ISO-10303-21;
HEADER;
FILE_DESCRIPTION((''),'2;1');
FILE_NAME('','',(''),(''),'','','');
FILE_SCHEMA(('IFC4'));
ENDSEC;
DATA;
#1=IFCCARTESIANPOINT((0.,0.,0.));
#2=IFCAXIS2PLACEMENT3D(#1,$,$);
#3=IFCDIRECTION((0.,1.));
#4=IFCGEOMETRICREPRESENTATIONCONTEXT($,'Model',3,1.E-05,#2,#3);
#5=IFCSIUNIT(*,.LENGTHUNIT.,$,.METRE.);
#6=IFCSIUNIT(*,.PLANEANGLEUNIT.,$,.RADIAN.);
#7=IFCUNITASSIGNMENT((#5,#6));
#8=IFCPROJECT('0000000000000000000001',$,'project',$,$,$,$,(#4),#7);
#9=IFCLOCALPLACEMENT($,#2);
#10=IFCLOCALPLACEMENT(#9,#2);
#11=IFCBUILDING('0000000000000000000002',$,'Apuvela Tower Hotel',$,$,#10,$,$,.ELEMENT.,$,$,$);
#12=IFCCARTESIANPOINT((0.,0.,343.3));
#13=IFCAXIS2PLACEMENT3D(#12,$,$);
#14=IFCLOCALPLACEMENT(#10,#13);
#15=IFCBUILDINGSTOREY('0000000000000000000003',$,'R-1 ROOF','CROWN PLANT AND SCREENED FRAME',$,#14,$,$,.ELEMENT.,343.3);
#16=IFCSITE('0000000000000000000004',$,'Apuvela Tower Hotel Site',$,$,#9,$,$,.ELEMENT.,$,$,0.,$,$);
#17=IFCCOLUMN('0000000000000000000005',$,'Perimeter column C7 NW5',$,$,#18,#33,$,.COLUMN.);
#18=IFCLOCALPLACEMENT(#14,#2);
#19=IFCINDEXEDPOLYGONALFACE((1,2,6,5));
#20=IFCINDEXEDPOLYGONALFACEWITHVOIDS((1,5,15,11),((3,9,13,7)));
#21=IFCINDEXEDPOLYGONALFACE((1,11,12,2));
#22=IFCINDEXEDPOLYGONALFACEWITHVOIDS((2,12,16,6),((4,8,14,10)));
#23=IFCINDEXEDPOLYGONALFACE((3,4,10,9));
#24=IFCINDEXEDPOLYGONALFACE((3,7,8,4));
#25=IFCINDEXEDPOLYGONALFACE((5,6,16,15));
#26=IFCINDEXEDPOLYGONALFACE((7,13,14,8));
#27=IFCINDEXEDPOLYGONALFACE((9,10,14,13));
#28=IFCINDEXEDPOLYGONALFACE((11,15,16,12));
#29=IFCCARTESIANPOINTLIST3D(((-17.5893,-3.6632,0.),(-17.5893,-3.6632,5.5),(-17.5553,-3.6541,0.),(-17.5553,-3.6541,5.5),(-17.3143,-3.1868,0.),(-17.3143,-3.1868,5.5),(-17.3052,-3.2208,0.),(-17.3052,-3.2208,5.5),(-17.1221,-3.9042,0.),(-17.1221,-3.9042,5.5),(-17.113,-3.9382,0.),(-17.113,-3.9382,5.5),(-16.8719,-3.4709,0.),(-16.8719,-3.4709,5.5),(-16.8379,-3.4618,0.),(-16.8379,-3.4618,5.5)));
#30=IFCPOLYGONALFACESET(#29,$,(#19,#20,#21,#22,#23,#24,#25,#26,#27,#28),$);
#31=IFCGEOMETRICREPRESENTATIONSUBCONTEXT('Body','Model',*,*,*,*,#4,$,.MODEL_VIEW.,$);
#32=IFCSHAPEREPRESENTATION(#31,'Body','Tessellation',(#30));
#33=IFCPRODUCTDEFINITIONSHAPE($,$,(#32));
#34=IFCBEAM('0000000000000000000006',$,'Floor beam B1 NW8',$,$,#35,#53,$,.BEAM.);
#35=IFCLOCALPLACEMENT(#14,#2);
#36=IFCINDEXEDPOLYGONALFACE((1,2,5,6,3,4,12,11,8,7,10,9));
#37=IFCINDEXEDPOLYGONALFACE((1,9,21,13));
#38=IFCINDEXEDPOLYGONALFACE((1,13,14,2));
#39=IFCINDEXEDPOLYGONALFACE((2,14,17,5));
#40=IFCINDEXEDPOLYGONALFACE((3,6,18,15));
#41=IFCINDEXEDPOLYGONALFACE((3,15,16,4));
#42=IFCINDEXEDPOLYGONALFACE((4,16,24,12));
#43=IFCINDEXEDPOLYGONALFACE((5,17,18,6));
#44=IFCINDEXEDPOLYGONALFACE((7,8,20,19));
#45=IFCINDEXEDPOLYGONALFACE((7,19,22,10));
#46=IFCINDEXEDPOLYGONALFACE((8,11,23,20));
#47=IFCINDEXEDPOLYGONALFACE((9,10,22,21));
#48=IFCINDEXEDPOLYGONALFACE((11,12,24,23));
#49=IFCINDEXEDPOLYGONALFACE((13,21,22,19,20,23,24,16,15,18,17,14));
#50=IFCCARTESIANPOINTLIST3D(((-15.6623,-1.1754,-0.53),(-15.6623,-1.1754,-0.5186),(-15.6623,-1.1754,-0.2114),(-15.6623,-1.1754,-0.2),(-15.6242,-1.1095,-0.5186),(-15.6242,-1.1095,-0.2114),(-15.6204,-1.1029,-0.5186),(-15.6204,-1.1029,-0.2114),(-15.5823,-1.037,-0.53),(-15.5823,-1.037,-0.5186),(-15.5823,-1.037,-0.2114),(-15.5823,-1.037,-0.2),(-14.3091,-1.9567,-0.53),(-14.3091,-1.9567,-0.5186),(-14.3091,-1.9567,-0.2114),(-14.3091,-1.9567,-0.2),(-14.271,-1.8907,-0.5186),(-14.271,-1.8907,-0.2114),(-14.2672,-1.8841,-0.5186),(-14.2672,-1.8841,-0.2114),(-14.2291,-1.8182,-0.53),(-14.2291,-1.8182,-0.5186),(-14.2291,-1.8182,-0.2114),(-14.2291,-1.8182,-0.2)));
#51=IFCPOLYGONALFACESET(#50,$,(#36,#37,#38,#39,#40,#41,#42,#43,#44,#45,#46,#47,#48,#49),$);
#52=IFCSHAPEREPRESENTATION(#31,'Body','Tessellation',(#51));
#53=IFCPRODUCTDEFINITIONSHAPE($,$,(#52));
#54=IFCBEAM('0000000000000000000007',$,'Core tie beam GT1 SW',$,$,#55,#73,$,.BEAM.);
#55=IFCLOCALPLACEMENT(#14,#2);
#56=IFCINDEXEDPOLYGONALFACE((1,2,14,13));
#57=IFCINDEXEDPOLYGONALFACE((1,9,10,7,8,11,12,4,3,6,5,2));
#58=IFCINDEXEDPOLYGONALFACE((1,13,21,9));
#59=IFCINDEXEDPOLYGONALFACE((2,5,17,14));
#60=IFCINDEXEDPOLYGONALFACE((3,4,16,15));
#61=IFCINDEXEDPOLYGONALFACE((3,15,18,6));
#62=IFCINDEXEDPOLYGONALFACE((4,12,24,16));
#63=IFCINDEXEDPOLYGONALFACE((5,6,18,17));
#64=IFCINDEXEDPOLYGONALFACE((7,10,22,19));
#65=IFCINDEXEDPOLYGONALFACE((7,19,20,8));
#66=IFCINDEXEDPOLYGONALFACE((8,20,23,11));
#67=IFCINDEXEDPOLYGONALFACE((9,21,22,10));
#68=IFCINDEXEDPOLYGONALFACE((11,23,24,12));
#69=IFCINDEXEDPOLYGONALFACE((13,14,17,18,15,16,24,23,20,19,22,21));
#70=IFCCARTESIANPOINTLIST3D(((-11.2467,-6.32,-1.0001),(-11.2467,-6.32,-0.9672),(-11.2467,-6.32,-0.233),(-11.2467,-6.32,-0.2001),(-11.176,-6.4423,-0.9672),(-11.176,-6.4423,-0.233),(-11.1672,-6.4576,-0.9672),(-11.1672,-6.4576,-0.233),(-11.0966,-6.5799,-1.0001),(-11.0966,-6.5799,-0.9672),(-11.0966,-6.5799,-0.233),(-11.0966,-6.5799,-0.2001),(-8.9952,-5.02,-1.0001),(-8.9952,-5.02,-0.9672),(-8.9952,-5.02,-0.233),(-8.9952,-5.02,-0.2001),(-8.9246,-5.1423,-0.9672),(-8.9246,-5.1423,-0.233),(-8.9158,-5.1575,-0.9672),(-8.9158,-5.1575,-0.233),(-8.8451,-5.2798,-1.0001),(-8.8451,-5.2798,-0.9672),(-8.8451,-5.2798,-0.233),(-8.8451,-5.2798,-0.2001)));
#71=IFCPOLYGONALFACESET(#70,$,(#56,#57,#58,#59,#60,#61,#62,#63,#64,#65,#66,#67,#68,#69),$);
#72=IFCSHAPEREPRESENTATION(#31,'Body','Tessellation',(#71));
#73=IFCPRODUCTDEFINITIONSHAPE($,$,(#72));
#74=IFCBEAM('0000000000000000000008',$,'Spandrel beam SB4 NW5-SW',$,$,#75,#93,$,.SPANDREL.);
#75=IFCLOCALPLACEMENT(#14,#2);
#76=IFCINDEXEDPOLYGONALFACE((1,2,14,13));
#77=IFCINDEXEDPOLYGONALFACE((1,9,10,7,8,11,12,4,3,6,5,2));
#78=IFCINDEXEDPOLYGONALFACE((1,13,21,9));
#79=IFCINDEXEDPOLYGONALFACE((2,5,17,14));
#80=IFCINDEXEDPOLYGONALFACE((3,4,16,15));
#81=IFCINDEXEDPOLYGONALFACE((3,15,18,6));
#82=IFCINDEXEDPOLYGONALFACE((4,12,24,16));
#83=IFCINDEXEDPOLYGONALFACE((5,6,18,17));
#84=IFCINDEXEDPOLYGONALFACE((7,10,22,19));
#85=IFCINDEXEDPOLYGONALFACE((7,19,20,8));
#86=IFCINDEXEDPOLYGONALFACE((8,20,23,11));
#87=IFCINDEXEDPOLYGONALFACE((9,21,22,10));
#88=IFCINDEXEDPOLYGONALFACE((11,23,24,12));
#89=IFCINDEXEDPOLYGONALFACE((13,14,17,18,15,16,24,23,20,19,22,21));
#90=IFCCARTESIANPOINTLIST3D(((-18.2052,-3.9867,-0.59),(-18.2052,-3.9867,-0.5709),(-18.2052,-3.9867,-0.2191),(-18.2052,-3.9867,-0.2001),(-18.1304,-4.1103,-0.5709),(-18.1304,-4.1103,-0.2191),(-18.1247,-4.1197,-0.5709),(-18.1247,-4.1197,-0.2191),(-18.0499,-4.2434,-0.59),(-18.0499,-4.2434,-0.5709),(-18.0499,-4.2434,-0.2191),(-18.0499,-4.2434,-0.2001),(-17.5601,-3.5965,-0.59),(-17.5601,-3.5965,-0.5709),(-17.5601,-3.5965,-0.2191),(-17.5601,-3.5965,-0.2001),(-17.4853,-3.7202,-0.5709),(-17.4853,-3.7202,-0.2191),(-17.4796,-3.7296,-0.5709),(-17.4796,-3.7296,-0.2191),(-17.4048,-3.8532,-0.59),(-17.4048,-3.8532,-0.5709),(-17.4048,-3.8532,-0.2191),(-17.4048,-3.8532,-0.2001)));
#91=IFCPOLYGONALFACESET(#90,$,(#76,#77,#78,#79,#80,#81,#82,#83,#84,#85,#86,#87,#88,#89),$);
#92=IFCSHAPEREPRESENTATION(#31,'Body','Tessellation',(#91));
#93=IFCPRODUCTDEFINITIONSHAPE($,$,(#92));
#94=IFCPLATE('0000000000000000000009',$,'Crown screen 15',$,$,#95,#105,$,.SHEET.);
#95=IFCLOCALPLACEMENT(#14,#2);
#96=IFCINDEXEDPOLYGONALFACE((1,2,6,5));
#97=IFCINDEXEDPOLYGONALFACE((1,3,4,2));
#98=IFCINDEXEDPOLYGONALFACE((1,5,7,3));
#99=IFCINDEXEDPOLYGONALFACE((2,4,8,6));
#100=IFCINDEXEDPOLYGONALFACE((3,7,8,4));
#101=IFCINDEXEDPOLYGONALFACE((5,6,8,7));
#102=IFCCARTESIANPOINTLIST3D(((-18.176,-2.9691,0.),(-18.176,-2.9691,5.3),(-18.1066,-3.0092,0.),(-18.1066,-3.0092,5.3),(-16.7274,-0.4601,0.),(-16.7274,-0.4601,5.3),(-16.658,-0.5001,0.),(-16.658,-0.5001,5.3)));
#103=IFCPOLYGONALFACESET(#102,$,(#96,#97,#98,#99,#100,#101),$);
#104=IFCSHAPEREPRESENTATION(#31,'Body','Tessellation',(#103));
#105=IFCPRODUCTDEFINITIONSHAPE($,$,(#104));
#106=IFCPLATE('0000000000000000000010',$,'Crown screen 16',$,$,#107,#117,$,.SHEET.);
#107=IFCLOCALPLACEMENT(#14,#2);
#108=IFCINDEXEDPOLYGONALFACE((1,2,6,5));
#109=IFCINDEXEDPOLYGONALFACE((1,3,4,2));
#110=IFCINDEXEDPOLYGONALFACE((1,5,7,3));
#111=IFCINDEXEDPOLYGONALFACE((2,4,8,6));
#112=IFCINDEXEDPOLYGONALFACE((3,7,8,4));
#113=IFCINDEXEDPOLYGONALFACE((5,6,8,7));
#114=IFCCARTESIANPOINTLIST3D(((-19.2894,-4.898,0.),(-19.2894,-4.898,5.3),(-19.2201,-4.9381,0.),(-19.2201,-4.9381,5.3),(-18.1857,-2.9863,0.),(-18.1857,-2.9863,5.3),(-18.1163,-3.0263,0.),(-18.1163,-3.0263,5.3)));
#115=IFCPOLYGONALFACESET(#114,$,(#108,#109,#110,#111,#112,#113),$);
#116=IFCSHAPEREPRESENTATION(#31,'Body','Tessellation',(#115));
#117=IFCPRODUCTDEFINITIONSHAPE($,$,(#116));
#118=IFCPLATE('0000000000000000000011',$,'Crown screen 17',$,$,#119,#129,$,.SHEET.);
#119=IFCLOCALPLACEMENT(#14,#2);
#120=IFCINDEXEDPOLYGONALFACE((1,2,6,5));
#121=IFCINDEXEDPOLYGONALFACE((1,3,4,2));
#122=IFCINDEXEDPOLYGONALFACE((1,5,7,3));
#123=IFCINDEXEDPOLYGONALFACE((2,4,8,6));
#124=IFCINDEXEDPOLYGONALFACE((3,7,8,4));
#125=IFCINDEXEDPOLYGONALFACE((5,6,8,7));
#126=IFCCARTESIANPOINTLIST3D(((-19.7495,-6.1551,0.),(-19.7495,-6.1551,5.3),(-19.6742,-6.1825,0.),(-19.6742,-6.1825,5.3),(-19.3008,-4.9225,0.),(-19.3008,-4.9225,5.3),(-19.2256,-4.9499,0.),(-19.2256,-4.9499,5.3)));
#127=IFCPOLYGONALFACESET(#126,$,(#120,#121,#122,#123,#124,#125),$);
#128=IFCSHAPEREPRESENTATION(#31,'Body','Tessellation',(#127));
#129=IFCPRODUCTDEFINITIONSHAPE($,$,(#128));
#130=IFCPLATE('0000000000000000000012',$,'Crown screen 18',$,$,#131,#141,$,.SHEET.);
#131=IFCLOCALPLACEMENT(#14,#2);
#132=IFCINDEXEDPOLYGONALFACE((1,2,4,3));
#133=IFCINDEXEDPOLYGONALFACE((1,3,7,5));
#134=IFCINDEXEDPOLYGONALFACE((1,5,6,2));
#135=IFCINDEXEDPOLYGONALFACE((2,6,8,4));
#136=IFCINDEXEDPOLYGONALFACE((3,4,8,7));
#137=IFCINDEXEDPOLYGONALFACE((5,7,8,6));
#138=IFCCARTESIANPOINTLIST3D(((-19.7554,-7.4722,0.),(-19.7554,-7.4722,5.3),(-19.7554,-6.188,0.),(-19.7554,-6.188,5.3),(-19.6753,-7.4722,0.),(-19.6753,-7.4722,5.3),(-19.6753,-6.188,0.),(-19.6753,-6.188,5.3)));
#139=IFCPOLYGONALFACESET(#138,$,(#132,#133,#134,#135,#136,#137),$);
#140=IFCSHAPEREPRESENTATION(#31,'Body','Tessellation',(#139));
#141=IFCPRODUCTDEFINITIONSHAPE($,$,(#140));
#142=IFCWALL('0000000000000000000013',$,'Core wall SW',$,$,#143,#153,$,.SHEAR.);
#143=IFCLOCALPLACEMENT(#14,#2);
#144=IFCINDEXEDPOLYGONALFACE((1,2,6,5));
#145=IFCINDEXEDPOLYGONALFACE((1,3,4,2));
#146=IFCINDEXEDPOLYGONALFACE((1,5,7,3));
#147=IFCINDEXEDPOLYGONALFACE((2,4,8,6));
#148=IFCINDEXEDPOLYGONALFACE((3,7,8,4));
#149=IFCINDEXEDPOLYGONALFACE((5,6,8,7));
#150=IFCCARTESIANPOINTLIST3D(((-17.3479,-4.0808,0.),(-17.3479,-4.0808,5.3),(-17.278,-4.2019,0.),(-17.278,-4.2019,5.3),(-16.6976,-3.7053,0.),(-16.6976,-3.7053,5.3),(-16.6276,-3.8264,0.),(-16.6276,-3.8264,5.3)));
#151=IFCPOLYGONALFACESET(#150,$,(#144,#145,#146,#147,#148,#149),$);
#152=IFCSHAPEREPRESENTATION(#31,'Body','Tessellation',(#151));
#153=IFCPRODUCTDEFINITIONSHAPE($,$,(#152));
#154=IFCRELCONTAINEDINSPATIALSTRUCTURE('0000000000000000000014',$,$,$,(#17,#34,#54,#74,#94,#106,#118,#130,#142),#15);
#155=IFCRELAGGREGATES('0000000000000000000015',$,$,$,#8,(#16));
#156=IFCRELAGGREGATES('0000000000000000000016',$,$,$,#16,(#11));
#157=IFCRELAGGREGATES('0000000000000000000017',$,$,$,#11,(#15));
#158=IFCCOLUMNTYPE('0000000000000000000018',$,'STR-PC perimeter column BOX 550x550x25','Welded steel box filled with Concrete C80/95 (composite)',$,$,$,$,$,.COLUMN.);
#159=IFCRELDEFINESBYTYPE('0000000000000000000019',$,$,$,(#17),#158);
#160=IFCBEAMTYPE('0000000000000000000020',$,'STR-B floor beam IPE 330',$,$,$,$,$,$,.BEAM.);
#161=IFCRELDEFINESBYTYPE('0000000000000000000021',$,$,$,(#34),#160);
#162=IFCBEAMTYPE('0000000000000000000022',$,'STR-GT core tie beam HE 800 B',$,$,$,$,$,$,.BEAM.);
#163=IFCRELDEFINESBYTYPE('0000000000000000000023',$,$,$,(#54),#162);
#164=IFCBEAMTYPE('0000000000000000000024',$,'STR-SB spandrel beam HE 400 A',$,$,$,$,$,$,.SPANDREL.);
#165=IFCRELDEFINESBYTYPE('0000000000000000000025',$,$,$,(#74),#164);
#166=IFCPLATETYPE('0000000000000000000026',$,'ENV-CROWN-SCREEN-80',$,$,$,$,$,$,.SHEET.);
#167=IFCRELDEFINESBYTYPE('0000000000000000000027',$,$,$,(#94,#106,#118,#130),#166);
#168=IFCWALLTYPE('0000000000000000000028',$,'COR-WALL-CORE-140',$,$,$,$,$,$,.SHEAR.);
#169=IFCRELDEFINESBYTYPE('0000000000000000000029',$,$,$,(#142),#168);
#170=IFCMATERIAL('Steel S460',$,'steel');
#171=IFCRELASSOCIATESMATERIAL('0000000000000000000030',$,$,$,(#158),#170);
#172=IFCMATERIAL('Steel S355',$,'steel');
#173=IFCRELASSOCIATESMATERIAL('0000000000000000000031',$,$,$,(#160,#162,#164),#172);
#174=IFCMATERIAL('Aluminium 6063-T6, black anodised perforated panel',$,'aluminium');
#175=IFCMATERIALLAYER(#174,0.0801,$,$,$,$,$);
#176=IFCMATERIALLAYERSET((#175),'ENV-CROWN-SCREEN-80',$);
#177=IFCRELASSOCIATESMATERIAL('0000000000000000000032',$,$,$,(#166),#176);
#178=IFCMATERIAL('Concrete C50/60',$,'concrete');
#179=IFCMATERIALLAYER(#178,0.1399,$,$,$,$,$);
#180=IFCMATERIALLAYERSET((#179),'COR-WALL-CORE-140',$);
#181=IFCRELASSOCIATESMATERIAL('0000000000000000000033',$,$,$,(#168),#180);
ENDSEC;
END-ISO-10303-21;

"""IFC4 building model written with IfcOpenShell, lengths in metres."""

from ifc_helpers import new_model, si_unit, direction, frame, frame_2d, origin, origin_2d, place, context, subcontext, project, spatial, rectangle, hollow_rectangle, i_section, extrude, material, layer, layer_set, material_profile, profile_set, type_object, element, save


model = new_model("IFC4")

# Units and contexts
model_context = context("Model", 3, precision=1e-05, world=origin(), true_north=direction((0.0, 1.0)))
body_context = subcontext(model_context, "Body", "Model", "MODEL_VIEW")
ifc_project = project(units=[si_unit("LENGTHUNIT", "METRE"), si_unit("PLANEANGLEUNIT", "RADIAN")], contexts=[model_context])

# Site, building, storey
site_placement = place(None, origin())
site = spatial("IfcSite", under=ifc_project, at=site_placement, Name="Apuvela Tower Hotel Site", CompositionType="ELEMENT", RefElevation=0.0)
building_placement = place(site_placement, origin())
building = spatial("IfcBuilding", under=site, at=building_placement, Name="Apuvela Tower Hotel", CompositionType="ELEMENT")
storey_placement = place(building_placement, frame((0.0, 0.0, 343.3)))
storey = spatial("IfcBuildingStorey", under=building, at=storey_placement, Name="R-1 ROOF", Description="CROWN PLANT AND SCREENED FRAME", CompositionType="ELEMENT", Elevation=343.3)

# Column
ifc_material_1 = material(Name="Steel S460", Category="steel")
ifc_material_profile_1 = material_profile(ifc_material_1, hollow_rectangle(XDim=0.55, YDim=0.55, WallThickness=0.0249, at=origin_2d()), Name="BOX 550x550x25")
ifc_material_2 = material(Name="Concrete C80/95", Category="concrete")
ifc_material_profile_2 = material_profile(ifc_material_2, rectangle(XDim=0.5, YDim=0.5, at=origin_2d()), Name="Concrete C80/95 infill")
ifc_profile_set_1 = profile_set([ifc_material_profile_1, ifc_material_profile_2], Name="Steel S460")
column_type = type_object("IfcColumnType", Name="STR-PC perimeter column BOX 550x550x25", Description="Welded steel box filled with Concrete C80/95 (composite)", PredefinedType="COLUMN", material=ifc_profile_set_1)
column_placement = place(storey_placement, frame((-17.2136, -3.5625, 0.0), z_axis=(0.0, 0.0, 1.0), x_axis=(0.5, 0.866025, 0.0)))
element("IfcColumn", 1, at=column_placement, inside=storey, type_object=column_type, Name="Perimeter column C7 NW5", PredefinedType="COLUMN", context=body_context, shape_type="SweptSolid", body=[
    extrude(hollow_rectangle(XDim=0.55, YDim=0.55, WallThickness=0.0249, at=origin_2d()), origin(), (0.0, 0.0, 1.0), 5.5),
])

# Beams
ifc_material_3 = material(Name="Steel S355", Category="steel")
ifc_material_profile_3 = material_profile(ifc_material_3, i_section(OverallWidth=0.1599, OverallDepth=0.3301, WebThickness=0.0076, FlangeThickness=0.0115, at=origin_2d()), Name="IPE 330")
ifc_profile_set_2 = profile_set([ifc_material_profile_3], Name="Steel S355")
beam_type_1 = type_object("IfcBeamType", Name="STR-B floor beam IPE 330", PredefinedType="BEAM", material=ifc_profile_set_2)
beam_1_placement = place(storey_placement, frame((-15.6223, -1.1062, -0.365), z_axis=(0.866042, -0.49997, 0.0), x_axis=(0.49997, 0.866042, 0.0)))
element("IfcBeam", 2, at=beam_1_placement, inside=storey, type_object=beam_type_1, Name="Floor beam B1 NW8", PredefinedType="BEAM", context=body_context, shape_type="SweptSolid", body=[
    extrude(i_section(OverallWidth=0.1599, OverallDepth=0.3301, WebThickness=0.0076, FlangeThickness=0.0115, at=origin_2d()), origin(), (0.0, 0.0, 1.0), 1.5625),
])
ifc_material_profile_4 = material_profile(ifc_material_3, i_section(OverallWidth=0.3, OverallDepth=0.8, WebThickness=0.0176, FlangeThickness=0.033, at=origin_2d()), Name="HE 800 B")
ifc_profile_set_3 = profile_set([ifc_material_profile_4], Name="Steel S355")
beam_type_2 = type_object("IfcBeamType", Name="STR-GT core tie beam HE 800 B", PredefinedType="BEAM", material=ifc_profile_set_3)
beam_2_placement = place(storey_placement, frame((-11.1716, -6.45, -0.6001), z_axis=(0.865998, 0.500048, 0.0), x_axis=(-0.500048, 0.865998, 0.0)))
element("IfcBeam", 3, at=beam_2_placement, inside=storey, type_object=beam_type_2, Name="Core tie beam GT1 SW", PredefinedType="BEAM", context=body_context, shape_type="SweptSolid", body=[
    extrude(i_section(OverallWidth=0.3, OverallDepth=0.8, WebThickness=0.0176, FlangeThickness=0.033, at=origin_2d()), origin(), (0.0, 0.0, 1.0), 2.5999),
])
ifc_material_profile_5 = material_profile(ifc_material_3, i_section(OverallWidth=0.3, OverallDepth=0.3899, WebThickness=0.011, FlangeThickness=0.019, at=origin_2d()), Name="HE 400 A")
ifc_profile_set_4 = profile_set([ifc_material_profile_5], Name="Steel S355")
beam_type_3 = type_object("IfcBeamType", Name="STR-SB spandrel beam HE 400 A", PredefinedType="SPANDREL", material=ifc_profile_set_4)
beam_3_placement = place(storey_placement, frame((-17.4824, -3.7249, -0.395), z_axis=(-0.855659, -0.517541, 0.0), x_axis=(0.517541, -0.855659, 0.0)))
element("IfcBeam", 4, at=beam_3_placement, inside=storey, type_object=beam_type_3, Name="Spandrel beam SB4 NW5-SW", PredefinedType="SPANDREL", context=body_context, shape_type="SweptSolid", body=[
    extrude(i_section(OverallWidth=0.3, OverallDepth=0.3899, WebThickness=0.011, FlangeThickness=0.019, at=origin_2d()), origin(), (0.0, 0.0, 1.0), 0.7539),
])

# Plates
ifc_material_4 = material(Name="Aluminium 6063-T6, black anodised perforated panel", Category="aluminium")
ifc_layer_1 = layer(ifc_material_4, 0.0801)
ifc_layer_set_1 = layer_set([ifc_layer_1], Name="ENV-CROWN-SCREEN-80")
plate_type = type_object("IfcPlateType", Name="ENV-CROWN-SCREEN-80", PredefinedType="SHEET", material=ifc_layer_set_1)
plate_1_placement = place(storey_placement, frame((-17.417, -1.7346, 0.0), z_axis=(0.0, 0.0, 1.0), x_axis=(-0.5, -0.866025, 0.0)))
element("IfcPlate", 5, at=plate_1_placement, inside=storey, type_object=plate_type, Name="Crown screen 15", PredefinedType="SHEET", context=body_context, shape_type="SweptSolid", body=[
    extrude(rectangle(XDim=2.8972, YDim=0.0801, at=origin_2d()), origin(), (0.0, 0.0, 1.0), 5.3),
])
plate_2_placement = place(storey_placement, frame((-18.7029, -3.9622, 0.0), z_axis=(0.0, 0.0, 1.0), x_axis=(-0.5, -0.866025, 0.0)))
element("IfcPlate", 6, at=plate_2_placement, inside=storey, type_object=plate_type, Name="Crown screen 16", PredefinedType="SHEET", context=body_context, shape_type="SweptSolid", body=[
    extrude(rectangle(XDim=2.2075, YDim=0.0801, at=origin_2d()), origin(), (0.0, 0.0, 1.0), 5.3),
])
plate_3_placement = place(storey_placement, frame((-19.4875, -5.5525, 0.0), z_axis=(0.0, 0.0, 1.0), x_axis=(-0.34202, -0.939693, 0.0)))
element("IfcPlate", 7, at=plate_3_placement, inside=storey, type_object=plate_type, Name="Crown screen 17", PredefinedType="SHEET", context=body_context, shape_type="SweptSolid", body=[
    extrude(rectangle(XDim=1.3118, YDim=0.0801, at=origin_2d()), origin(), (0.0, 0.0, 1.0), 5.3),
])
plate_4_placement = place(storey_placement, frame((-19.7153, -6.8301, 0.0), z_axis=(0.0, 0.0, 1.0), x_axis=(0.0, -1.0, 0.0)))
element("IfcPlate", 8, at=plate_4_placement, inside=storey, type_object=plate_type, Name="Crown screen 18", PredefinedType="SHEET", context=body_context, shape_type="SweptSolid", body=[
    extrude(rectangle(XDim=1.2842, YDim=0.0801, at=origin_2d()), origin(), (0.0, 0.0, 1.0), 5.3),
])

# Wall
ifc_material_5 = material(Name="Concrete C50/60", Category="concrete")
ifc_layer_2 = layer(ifc_material_5, 0.1399)
ifc_layer_set_2 = layer_set([ifc_layer_2], Name="COR-WALL-CORE-140")
wall_type_1 = type_object("IfcWallType", Name="COR-WALL-CORE-140", PredefinedType="SHEAR", material=ifc_layer_set_2)
wall_1_placement = place(storey_placement, frame((-16.6626, -3.7659, 0.0), z_axis=(0.0, 0.0, 1.0), x_axis=(-0.866034, -0.499985, 0.0)))
element("IfcWall", 9, at=wall_1_placement, inside=storey, type_object=wall_type_1, Name="Core wall SW", PredefinedType="SHEAR", context=body_context, shape_type="SweptSolid", body=[
    extrude(rectangle(XDim=0.751, YDim=0.1399, at=frame_2d((0.3755, 0.0))), origin(), (0.0, 0.0, 1.0), 5.3),
])

save(model, "model.ifc")
